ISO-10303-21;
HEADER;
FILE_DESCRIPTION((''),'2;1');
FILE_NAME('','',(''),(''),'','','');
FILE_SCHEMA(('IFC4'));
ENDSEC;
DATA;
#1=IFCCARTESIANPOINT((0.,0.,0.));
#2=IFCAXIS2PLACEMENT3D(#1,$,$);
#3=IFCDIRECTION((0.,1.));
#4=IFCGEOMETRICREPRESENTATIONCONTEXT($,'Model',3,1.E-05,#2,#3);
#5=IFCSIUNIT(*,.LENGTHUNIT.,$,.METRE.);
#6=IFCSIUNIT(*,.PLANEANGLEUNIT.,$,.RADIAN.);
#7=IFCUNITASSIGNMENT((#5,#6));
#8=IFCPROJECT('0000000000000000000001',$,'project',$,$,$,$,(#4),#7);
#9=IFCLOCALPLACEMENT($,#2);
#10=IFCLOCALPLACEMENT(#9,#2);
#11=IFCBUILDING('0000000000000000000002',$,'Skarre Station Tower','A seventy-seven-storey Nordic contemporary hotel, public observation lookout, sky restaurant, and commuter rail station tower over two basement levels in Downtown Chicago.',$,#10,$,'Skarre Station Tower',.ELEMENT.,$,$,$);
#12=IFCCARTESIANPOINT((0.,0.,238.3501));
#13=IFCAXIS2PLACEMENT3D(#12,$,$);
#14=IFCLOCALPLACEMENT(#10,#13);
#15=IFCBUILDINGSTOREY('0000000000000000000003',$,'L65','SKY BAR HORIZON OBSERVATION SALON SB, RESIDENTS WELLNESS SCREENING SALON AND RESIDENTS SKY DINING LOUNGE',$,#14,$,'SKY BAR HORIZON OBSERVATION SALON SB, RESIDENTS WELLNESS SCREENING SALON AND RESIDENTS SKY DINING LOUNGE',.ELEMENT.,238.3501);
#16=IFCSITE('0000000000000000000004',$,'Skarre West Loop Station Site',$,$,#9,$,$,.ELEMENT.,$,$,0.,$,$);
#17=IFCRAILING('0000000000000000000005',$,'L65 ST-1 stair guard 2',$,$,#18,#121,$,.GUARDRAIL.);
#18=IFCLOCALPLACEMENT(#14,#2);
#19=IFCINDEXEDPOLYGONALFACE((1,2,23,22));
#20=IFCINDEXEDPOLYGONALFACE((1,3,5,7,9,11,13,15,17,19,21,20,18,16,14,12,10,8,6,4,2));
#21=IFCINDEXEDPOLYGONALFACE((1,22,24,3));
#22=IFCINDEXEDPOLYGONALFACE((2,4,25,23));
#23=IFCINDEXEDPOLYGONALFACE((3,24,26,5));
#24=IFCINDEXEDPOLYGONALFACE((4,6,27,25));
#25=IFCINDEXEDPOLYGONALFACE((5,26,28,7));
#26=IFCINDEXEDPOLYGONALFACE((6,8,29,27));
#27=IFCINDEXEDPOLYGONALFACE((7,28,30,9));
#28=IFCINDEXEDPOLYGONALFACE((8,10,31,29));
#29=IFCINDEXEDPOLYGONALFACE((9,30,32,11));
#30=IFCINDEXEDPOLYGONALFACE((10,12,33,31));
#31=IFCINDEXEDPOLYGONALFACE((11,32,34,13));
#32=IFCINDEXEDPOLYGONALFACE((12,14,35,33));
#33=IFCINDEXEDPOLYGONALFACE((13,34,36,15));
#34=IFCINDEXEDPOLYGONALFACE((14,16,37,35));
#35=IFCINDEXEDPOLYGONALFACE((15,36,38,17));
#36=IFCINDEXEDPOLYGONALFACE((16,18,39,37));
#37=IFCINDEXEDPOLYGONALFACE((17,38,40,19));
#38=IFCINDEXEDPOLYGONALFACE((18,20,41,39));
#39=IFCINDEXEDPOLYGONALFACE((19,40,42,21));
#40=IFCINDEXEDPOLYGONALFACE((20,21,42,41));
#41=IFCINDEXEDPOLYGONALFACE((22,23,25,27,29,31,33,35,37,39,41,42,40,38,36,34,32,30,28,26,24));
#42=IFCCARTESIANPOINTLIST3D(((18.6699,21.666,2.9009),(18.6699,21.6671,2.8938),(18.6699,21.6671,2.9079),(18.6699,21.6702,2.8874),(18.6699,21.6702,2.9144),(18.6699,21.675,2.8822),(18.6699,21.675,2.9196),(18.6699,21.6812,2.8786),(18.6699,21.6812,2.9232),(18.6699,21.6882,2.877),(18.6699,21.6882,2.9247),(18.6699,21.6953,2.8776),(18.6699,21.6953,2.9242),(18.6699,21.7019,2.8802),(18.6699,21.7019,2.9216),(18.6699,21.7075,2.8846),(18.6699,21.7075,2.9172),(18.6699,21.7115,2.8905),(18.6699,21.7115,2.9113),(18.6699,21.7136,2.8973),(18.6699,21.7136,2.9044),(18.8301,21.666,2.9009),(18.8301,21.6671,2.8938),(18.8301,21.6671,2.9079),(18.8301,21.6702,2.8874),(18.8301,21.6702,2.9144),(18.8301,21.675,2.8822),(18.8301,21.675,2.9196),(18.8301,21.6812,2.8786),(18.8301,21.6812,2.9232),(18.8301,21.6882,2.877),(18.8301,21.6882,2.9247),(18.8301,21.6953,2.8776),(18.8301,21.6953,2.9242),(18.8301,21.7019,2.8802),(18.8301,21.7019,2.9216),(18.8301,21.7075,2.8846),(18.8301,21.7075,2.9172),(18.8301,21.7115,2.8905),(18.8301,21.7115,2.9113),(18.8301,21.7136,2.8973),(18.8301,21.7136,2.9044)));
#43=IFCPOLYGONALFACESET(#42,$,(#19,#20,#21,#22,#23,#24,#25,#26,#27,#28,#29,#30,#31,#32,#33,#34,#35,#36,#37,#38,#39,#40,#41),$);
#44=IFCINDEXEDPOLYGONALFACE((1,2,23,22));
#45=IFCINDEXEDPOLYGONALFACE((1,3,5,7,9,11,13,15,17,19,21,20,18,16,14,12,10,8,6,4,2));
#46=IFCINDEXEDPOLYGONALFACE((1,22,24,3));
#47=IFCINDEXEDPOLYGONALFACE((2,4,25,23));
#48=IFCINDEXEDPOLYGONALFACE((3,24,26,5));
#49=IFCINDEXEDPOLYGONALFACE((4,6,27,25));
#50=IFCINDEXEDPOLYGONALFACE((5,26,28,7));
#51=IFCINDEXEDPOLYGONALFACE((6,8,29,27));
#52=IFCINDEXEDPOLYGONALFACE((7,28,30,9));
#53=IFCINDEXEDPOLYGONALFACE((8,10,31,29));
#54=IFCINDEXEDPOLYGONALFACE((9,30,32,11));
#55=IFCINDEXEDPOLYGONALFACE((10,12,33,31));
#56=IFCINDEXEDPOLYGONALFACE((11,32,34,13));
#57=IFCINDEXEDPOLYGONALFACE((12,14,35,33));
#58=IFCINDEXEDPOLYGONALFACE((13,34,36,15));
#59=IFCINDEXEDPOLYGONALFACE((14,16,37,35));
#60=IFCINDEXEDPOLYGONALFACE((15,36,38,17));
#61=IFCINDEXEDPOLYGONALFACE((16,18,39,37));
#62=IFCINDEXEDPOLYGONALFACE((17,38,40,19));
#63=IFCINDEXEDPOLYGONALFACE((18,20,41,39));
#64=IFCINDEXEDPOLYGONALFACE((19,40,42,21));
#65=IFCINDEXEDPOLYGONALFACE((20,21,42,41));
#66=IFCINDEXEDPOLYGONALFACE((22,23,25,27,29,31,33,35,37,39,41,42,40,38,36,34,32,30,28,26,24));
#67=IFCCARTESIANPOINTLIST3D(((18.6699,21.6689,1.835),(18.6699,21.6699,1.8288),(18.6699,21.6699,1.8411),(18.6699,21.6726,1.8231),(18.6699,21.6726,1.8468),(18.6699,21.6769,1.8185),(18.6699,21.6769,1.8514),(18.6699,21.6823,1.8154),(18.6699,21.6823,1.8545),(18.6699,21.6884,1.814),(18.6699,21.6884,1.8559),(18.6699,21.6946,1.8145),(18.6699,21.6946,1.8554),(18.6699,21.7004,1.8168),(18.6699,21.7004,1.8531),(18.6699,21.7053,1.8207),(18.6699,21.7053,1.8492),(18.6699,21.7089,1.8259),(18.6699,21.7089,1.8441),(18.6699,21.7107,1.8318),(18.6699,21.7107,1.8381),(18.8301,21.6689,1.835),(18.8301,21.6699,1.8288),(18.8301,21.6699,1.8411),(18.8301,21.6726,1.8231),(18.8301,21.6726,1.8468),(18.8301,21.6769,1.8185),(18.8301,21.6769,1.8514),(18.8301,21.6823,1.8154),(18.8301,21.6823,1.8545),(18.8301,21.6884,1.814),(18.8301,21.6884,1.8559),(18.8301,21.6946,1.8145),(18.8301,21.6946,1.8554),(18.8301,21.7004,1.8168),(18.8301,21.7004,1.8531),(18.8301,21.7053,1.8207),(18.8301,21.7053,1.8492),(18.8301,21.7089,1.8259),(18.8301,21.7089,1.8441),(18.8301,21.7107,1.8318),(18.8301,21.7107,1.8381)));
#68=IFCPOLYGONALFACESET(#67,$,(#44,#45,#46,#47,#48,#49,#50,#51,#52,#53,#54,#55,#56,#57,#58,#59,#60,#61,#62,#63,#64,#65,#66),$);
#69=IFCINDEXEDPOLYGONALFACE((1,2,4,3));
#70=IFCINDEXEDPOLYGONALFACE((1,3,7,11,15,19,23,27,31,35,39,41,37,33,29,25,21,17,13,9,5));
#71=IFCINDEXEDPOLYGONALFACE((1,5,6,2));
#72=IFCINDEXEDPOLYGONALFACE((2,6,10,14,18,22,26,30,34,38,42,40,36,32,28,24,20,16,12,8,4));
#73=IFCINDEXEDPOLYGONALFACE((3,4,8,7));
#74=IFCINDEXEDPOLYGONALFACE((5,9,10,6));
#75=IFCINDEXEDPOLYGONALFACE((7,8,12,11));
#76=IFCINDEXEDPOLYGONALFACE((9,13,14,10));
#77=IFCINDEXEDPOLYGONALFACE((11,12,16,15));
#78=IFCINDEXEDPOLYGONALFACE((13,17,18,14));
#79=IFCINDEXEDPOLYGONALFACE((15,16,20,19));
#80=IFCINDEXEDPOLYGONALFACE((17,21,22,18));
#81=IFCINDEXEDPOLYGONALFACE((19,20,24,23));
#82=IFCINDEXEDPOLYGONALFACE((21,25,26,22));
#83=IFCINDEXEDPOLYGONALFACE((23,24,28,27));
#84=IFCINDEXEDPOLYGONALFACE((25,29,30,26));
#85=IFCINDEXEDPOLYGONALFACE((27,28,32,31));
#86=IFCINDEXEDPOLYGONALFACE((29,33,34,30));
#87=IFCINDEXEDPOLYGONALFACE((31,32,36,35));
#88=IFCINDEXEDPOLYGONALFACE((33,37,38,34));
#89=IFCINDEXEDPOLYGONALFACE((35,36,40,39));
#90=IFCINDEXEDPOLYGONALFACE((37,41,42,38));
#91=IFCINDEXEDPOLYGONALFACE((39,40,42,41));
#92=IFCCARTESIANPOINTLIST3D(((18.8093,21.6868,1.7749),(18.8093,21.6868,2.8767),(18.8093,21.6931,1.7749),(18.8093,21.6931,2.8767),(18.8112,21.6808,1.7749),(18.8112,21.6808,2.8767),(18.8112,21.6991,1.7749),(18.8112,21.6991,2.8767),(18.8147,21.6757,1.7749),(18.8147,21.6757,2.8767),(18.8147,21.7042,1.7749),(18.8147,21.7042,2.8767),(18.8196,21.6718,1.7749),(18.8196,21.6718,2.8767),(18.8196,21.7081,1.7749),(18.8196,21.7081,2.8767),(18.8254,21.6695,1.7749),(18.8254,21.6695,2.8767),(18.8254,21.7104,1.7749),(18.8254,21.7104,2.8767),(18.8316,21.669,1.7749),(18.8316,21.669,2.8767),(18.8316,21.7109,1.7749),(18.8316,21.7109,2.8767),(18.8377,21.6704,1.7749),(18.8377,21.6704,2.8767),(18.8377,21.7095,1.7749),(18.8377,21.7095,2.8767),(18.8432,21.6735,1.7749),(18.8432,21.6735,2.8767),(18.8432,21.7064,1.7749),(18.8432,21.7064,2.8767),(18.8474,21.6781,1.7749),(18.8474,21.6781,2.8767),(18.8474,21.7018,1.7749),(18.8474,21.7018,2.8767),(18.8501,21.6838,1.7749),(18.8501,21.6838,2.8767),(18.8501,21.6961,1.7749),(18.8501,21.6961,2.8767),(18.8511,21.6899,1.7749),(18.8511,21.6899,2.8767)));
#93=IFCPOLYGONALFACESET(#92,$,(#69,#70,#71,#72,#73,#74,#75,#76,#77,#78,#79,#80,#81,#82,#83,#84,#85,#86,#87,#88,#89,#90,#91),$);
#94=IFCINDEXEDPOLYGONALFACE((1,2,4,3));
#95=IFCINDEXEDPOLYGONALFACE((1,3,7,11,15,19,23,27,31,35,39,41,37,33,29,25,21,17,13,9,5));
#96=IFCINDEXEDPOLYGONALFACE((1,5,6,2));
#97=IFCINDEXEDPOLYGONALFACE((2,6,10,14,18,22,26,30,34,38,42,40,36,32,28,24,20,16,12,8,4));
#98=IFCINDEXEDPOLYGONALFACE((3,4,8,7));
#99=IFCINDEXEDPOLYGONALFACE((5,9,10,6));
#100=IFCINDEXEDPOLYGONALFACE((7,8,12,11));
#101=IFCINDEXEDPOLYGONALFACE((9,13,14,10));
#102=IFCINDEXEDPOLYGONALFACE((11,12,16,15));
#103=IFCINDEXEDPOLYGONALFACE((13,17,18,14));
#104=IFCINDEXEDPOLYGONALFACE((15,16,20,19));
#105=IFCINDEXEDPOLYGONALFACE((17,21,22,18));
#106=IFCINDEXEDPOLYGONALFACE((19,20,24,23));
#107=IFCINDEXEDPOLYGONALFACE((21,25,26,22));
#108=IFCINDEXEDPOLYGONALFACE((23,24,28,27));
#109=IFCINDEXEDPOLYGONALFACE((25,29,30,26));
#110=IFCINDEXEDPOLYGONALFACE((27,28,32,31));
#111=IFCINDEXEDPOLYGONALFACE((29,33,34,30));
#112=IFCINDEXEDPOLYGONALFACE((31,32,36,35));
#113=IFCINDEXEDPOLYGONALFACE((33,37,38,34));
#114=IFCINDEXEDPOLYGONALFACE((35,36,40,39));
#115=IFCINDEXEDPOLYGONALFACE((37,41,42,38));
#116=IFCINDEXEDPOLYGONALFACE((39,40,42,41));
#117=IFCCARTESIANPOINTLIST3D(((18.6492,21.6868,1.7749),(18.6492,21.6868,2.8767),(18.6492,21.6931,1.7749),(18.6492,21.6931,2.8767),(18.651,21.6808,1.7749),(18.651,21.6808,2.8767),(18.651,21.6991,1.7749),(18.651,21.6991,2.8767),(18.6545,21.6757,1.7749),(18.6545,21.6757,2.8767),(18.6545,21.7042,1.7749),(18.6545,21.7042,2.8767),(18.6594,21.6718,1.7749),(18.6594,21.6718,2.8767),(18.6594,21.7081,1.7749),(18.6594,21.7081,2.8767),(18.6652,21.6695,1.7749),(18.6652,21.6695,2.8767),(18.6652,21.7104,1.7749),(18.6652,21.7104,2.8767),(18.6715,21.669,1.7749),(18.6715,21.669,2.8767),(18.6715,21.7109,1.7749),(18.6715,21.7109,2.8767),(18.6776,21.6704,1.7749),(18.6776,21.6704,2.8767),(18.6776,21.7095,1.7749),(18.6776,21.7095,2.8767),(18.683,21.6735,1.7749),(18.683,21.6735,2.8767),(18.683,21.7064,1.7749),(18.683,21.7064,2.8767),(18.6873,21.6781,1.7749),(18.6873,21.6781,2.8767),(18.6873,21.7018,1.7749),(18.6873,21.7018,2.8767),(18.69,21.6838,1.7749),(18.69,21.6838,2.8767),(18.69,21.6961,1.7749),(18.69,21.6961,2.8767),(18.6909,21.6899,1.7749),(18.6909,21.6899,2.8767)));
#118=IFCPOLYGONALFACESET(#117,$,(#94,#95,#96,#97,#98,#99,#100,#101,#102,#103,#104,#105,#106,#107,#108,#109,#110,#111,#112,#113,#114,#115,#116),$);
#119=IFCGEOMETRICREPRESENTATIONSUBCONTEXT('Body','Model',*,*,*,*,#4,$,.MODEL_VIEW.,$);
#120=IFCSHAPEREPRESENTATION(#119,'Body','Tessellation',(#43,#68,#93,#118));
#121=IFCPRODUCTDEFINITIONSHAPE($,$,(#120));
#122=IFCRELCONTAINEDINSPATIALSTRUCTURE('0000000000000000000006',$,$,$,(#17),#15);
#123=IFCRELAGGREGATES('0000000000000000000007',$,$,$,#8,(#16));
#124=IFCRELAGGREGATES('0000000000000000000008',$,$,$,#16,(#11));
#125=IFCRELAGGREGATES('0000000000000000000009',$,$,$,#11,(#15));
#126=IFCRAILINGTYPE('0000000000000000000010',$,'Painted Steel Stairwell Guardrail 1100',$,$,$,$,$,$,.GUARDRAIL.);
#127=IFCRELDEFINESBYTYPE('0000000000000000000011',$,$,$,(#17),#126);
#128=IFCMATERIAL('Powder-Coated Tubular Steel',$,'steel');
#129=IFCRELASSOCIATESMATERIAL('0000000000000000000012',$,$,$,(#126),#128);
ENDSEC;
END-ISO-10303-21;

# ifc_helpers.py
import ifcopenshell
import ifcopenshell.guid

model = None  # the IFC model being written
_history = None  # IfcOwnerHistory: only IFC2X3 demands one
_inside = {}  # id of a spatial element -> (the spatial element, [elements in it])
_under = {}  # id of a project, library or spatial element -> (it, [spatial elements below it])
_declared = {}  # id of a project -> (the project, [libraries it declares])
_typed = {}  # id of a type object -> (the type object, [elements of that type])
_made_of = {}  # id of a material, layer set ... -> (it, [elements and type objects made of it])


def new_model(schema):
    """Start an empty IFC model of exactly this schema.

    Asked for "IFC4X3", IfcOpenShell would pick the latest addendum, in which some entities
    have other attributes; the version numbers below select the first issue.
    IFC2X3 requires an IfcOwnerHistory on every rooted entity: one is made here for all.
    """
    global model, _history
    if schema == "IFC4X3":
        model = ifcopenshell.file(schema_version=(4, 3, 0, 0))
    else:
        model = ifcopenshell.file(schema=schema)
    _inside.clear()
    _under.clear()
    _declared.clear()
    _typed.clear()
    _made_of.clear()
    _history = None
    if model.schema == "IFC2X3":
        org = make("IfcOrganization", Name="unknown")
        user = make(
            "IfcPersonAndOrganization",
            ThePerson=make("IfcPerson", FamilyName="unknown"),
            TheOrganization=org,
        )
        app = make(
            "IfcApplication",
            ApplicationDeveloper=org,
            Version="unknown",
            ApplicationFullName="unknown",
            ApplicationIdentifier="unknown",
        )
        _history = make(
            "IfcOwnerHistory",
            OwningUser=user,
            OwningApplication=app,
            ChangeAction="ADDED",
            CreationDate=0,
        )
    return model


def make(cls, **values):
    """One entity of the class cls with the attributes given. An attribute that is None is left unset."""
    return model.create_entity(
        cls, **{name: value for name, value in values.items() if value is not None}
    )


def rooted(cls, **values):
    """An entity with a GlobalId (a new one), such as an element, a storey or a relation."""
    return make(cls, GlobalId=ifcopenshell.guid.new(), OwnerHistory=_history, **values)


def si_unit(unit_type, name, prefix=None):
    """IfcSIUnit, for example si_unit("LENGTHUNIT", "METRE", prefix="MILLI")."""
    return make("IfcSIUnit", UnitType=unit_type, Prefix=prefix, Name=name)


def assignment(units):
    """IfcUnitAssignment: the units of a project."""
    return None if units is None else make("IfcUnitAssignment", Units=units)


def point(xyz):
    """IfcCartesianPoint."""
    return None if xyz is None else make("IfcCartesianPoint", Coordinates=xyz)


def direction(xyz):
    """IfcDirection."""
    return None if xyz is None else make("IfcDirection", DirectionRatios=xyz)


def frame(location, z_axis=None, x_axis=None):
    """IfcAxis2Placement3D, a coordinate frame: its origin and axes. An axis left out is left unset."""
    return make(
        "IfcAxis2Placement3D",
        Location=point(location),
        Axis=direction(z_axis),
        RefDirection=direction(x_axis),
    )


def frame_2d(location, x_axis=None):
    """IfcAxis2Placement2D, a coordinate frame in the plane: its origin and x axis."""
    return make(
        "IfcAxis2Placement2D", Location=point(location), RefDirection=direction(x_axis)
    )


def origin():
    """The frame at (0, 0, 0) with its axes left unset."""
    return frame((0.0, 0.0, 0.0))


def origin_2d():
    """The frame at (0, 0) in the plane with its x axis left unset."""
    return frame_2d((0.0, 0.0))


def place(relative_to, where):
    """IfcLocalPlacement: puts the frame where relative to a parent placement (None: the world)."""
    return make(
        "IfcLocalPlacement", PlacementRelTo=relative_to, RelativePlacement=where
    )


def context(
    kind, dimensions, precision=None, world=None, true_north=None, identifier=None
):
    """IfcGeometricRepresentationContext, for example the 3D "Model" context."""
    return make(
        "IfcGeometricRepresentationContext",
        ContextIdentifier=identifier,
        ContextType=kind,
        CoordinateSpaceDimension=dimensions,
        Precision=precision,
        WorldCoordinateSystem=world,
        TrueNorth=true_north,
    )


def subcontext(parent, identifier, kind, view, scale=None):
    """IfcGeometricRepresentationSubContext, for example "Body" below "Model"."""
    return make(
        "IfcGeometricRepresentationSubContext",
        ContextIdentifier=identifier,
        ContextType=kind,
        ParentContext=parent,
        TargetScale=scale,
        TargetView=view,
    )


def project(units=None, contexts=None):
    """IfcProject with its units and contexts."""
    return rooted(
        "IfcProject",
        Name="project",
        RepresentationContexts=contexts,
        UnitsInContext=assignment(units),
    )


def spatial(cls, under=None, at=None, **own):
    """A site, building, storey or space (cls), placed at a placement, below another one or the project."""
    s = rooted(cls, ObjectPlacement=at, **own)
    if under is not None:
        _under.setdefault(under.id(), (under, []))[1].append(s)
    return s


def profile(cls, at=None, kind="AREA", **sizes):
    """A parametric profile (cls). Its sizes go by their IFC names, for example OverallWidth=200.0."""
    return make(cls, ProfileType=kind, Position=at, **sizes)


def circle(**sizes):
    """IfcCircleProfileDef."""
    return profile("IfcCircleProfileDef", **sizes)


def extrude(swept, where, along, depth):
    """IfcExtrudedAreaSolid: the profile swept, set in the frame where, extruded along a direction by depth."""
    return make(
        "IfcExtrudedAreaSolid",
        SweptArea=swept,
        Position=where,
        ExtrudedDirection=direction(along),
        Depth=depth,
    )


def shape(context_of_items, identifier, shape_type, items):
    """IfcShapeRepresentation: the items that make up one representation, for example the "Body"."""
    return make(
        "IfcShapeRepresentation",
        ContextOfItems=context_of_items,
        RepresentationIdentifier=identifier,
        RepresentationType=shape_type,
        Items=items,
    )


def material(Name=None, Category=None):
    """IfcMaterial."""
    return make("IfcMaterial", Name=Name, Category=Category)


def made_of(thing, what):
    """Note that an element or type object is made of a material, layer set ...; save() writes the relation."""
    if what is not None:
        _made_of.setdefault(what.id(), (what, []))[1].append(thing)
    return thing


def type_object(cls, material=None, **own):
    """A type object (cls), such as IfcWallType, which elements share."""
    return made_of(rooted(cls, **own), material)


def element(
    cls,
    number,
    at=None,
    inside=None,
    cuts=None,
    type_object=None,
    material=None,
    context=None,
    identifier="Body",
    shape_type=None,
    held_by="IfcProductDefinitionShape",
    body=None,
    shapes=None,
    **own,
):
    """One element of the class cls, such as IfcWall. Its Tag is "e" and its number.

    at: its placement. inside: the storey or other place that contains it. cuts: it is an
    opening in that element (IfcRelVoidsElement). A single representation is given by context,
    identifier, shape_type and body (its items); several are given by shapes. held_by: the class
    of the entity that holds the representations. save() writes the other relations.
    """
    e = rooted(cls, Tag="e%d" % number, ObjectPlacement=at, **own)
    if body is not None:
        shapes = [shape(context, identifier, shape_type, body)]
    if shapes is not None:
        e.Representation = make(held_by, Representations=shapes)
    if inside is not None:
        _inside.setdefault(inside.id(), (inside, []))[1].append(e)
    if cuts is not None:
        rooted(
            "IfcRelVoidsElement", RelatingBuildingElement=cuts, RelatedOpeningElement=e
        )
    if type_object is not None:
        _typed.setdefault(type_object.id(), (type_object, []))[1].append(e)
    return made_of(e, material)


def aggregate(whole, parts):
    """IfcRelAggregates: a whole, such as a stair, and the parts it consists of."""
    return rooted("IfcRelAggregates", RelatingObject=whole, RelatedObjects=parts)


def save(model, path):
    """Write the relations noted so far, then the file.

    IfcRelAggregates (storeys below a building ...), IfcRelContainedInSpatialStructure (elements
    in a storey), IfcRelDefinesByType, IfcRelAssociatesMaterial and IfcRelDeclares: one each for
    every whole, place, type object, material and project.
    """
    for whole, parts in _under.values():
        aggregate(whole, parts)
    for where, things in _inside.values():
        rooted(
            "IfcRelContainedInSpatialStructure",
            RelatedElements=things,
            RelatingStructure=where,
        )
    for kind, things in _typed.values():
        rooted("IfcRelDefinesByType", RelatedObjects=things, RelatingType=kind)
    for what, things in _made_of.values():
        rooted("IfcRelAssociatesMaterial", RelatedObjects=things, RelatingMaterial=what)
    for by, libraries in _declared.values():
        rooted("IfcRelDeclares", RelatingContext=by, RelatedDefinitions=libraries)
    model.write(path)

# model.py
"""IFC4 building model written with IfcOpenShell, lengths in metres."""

from ifc_helpers import new_model, si_unit, direction, frame, origin, origin_2d, place, context, subcontext, project, spatial, circle, extrude, material, type_object, element, save


model = new_model("IFC4")

# Units and contexts
model_context = context("Model", 3, precision=1e-05, world=origin(), true_north=direction((0.0, 1.0)))
body_context = subcontext(model_context, "Body", "Model", "MODEL_VIEW")
ifc_project = project(units=[si_unit("LENGTHUNIT", "METRE"), si_unit("PLANEANGLEUNIT", "RADIAN")], contexts=[model_context])

# Site, building, storey
site_placement = place(None, origin())
site = spatial("IfcSite", under=ifc_project, at=site_placement, Name="Skarre West Loop Station Site", CompositionType="ELEMENT", RefElevation=0.0)
building_placement = place(site_placement, origin())
building = spatial("IfcBuilding", under=site, at=building_placement, Name="Skarre Station Tower", Description="A seventy-seven-storey Nordic contemporary hotel, public observation lookout, sky restaurant, and commuter rail station tower over two basement levels in Downtown Chicago.", LongName="Skarre Station Tower", CompositionType="ELEMENT")
storey_placement = place(building_placement, frame((0.0, 0.0, 238.3501)))
storey = spatial("IfcBuildingStorey", under=building, at=storey_placement, Name="L65", Description="SKY BAR HORIZON OBSERVATION SALON SB, RESIDENTS WELLNESS SCREENING SALON AND RESIDENTS SKY DINING LOUNGE", LongName="SKY BAR HORIZON OBSERVATION SALON SB, RESIDENTS WELLNESS SCREENING SALON AND RESIDENTS SKY DINING LOUNGE", CompositionType="ELEMENT", Elevation=238.3501)

# Railing
ifc_material_1 = material(Name="Powder-Coated Tubular Steel", Category="steel")
railing_type_1 = type_object("IfcRailingType", Name="Painted Steel Stairwell Guardrail 1100", PredefinedType="GUARDRAIL", material=ifc_material_1)
railing_1_placement = place(storey_placement, frame((18.8301, 21.6899, 1.7749)))
element("IfcRailing", 1, at=railing_1_placement, inside=storey, type_object=railing_type_1, Name="L65 ST-1 stair guard 2", PredefinedType="GUARDRAIL", context=body_context, shape_type="SweptSolid", body=[
    extrude(circle(Radius=0.0239, at=origin_2d()), frame((0.0, 0.0, 1.126), z_axis=(-1.0, 0.0, 0.0), x_axis=(0.0, -1.0, 0.0)), (0.0, 0.0, 1.0), 0.1602),
    extrude(circle(Radius=0.021, at=origin_2d()), frame((0.0, 0.0, 0.0601), z_axis=(-1.0, 0.0, 0.0), x_axis=(0.0, -1.0, 0.0)), (0.0, 0.0, 1.0), 0.1602),
    extrude(circle(Radius=0.021, at=origin_2d()), origin(), (0.0, 0.0, 1.0), 1.1018),
    extrude(circle(Radius=0.021, at=origin_2d()), frame((-0.1602, 0.0, 0.0)), (0.0, 0.0, 1.0), 1.1018),
])

save(model, "model.ifc")
